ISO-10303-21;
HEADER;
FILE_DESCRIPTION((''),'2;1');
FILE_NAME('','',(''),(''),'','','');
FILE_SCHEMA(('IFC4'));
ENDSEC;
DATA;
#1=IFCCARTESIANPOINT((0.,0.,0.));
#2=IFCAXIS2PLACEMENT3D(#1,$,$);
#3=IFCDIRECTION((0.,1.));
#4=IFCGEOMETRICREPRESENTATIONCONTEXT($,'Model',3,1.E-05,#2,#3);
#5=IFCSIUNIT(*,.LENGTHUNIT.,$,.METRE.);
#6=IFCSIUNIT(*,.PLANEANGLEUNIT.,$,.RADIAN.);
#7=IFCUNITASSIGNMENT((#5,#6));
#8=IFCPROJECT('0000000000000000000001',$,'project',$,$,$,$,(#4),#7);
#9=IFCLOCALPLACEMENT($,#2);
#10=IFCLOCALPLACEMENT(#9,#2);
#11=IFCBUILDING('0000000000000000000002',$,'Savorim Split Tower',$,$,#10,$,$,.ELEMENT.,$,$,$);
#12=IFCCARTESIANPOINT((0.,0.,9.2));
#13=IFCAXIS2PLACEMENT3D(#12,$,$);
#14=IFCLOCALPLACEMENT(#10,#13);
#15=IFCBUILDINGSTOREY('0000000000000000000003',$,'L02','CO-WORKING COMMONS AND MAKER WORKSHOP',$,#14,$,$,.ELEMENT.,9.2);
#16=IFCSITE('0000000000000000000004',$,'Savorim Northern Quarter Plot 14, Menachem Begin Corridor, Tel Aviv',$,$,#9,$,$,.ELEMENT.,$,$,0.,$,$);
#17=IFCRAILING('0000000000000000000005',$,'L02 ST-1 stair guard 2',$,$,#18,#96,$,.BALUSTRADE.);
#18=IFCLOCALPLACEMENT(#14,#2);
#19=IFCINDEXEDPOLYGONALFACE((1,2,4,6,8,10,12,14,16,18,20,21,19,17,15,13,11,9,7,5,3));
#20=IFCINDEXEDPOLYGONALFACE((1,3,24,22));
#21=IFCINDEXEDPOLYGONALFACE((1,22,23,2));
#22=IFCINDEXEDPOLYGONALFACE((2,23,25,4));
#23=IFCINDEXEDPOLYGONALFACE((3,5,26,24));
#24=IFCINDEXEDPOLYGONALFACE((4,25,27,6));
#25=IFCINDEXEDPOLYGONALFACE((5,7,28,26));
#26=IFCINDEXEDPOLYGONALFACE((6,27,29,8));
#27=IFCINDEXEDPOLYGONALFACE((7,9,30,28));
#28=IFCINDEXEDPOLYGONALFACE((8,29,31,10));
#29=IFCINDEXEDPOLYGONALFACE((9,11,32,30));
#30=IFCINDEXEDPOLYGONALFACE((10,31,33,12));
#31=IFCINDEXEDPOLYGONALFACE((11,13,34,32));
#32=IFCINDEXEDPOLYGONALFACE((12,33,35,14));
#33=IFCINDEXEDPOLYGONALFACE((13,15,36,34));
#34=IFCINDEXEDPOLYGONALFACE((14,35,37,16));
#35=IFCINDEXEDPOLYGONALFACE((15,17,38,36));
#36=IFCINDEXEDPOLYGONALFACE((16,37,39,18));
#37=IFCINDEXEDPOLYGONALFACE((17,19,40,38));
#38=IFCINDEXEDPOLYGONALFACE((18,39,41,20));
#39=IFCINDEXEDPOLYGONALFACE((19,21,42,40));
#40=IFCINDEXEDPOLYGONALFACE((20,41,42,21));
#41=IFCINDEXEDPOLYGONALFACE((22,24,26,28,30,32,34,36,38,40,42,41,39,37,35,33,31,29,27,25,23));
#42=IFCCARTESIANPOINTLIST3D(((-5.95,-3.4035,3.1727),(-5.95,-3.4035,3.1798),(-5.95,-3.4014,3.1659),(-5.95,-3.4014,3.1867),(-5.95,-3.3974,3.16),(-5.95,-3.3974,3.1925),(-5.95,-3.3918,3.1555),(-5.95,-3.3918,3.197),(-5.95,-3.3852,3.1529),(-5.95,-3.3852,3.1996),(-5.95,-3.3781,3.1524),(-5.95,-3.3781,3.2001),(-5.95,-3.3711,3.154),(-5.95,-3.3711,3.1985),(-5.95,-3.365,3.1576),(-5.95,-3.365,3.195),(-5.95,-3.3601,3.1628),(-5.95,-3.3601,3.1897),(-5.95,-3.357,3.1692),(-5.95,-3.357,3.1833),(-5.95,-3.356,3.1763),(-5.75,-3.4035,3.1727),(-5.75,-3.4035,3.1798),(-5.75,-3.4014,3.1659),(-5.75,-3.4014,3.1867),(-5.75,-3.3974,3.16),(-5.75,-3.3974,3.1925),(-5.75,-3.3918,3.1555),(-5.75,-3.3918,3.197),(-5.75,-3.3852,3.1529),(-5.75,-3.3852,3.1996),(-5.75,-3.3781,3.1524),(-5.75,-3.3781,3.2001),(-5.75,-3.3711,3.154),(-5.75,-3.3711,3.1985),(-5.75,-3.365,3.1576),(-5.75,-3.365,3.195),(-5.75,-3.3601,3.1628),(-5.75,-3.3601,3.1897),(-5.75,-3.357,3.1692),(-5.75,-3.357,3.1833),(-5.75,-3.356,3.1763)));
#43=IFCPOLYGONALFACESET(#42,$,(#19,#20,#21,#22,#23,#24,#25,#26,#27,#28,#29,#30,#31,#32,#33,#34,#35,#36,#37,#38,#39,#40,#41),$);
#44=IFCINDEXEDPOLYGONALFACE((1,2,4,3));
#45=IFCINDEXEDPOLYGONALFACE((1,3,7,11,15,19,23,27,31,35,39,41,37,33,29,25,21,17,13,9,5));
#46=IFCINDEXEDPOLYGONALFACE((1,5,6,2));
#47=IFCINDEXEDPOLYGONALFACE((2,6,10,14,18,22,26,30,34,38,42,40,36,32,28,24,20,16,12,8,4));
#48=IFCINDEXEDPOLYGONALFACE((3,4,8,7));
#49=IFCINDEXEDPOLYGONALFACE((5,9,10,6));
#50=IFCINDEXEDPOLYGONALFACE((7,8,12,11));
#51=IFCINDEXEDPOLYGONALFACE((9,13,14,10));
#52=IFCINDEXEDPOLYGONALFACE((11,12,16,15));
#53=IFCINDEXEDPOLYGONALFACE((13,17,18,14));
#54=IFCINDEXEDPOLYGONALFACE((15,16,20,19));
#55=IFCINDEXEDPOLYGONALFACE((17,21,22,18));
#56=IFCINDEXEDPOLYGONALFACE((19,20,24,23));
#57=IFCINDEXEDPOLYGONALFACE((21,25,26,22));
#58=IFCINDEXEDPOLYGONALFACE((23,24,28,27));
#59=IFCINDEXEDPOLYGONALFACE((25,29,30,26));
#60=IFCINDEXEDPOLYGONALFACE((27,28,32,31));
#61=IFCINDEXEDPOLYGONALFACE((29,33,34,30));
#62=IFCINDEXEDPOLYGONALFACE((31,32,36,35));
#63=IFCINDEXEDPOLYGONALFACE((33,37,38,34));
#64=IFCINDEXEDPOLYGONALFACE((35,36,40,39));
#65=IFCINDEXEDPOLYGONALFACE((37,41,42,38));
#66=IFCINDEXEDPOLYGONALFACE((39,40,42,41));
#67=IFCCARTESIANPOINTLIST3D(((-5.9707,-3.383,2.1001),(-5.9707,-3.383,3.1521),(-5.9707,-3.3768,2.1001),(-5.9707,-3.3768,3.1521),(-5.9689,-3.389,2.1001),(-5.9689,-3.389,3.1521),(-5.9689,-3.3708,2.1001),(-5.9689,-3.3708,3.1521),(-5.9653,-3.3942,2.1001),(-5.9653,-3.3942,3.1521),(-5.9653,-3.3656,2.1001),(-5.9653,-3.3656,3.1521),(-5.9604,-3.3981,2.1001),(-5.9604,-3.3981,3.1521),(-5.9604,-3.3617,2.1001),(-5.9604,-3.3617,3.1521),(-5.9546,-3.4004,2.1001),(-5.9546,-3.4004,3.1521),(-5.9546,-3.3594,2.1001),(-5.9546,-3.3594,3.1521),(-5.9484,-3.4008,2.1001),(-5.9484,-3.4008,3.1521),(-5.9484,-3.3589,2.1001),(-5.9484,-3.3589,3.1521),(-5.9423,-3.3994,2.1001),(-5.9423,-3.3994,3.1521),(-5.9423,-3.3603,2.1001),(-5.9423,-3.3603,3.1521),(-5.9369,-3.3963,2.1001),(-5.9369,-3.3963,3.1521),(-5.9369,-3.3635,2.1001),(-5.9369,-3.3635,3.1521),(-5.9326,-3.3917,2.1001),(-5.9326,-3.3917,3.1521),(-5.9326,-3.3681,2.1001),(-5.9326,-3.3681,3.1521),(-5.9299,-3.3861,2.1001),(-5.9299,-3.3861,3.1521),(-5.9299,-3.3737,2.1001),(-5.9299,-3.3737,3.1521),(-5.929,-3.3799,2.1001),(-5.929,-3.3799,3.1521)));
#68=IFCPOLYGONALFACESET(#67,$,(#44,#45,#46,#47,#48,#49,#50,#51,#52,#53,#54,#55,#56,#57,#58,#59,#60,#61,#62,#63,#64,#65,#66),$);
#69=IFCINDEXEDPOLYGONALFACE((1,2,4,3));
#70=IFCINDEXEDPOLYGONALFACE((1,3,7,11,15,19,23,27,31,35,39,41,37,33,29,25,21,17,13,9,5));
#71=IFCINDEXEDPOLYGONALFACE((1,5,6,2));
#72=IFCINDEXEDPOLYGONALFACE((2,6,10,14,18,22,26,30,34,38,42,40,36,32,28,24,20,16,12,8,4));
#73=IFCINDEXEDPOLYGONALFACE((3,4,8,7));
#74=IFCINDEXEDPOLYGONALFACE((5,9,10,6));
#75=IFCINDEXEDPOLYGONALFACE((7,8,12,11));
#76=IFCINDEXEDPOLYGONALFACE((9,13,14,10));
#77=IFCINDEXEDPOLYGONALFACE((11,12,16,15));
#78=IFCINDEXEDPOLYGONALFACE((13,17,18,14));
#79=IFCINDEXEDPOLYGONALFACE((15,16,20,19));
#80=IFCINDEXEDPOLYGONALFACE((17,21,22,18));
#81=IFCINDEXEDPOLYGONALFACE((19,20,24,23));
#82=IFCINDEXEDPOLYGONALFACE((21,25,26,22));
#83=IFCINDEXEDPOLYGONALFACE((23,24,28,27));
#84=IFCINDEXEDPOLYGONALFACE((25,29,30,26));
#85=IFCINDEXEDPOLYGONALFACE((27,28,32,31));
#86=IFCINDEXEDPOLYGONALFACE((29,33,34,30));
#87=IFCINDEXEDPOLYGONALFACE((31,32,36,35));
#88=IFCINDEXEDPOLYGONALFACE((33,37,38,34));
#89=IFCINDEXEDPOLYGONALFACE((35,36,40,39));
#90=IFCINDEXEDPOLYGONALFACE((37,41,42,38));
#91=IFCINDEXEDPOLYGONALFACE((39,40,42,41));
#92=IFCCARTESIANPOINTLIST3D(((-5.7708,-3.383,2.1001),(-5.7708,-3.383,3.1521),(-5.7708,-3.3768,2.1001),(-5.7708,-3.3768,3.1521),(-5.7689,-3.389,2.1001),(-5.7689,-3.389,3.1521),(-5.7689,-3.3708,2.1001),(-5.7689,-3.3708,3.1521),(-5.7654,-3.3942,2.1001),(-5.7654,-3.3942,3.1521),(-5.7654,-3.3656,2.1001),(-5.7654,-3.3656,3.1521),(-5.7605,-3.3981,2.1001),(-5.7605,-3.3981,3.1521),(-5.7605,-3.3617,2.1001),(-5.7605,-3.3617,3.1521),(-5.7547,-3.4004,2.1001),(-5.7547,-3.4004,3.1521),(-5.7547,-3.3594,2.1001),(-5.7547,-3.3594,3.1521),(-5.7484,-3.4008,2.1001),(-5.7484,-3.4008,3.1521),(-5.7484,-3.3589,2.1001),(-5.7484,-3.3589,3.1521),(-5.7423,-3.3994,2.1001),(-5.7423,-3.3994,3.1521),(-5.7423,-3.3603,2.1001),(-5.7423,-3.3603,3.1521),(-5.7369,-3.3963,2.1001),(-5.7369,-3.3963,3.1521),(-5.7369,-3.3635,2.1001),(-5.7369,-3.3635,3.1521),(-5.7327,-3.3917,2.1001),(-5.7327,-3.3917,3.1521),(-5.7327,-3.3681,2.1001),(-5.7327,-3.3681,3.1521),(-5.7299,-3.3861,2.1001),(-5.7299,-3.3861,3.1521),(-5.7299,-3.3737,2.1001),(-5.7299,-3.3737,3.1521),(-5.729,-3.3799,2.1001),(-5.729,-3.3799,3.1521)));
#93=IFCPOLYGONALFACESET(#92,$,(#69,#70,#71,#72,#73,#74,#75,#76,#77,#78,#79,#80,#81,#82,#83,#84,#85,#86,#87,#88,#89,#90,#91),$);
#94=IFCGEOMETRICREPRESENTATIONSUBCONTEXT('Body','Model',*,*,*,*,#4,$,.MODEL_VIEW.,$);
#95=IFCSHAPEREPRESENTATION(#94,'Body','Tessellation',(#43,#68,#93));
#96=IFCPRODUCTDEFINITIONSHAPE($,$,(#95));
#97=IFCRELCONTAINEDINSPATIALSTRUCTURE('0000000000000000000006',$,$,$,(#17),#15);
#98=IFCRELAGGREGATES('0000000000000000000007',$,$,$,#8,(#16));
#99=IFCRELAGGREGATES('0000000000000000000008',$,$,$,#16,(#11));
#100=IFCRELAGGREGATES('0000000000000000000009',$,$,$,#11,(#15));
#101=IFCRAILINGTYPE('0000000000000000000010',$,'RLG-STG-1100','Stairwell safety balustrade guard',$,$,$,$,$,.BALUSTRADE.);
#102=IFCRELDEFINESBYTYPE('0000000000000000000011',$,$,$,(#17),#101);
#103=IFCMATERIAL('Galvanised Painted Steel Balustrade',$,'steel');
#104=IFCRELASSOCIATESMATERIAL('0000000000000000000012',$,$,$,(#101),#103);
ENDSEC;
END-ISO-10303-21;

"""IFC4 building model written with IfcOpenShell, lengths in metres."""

from ifc_helpers import new_model, si_unit, direction, frame, origin, origin_2d, place, context, subcontext, project, spatial, circle, extrude, material, type_object, element, save


model = new_model("IFC4")

# Units and contexts
model_context = context("Model", 3, precision=1e-05, world=origin(), true_north=direction((0.0, 1.0)))
body_context = subcontext(model_context, "Body", "Model", "MODEL_VIEW")
ifc_project = project(units=[si_unit("LENGTHUNIT", "METRE"), si_unit("PLANEANGLEUNIT", "RADIAN")], contexts=[model_context])

# Site, building, storey
site_placement = place(None, origin())
site = spatial("IfcSite", under=ifc_project, at=site_placement, Name="Savorim Northern Quarter Plot 14, Menachem Begin Corridor, Tel Aviv", CompositionType="ELEMENT", RefElevation=0.0)
building_placement = place(site_placement, origin())
building = spatial("IfcBuilding", under=site, at=building_placement, Name="Savorim Split Tower", CompositionType="ELEMENT")
storey_placement = place(building_placement, frame((0.0, 0.0, 9.2)))
storey = spatial("IfcBuildingStorey", under=building, at=storey_placement, Name="L02", Description="CO-WORKING COMMONS AND MAKER WORKSHOP", CompositionType="ELEMENT", Elevation=9.2)

# Railing
ifc_material_1 = material(Name="Galvanised Painted Steel Balustrade", Category="steel")
railing_type_1 = type_object("IfcRailingType", Name="RLG-STG-1100", Description="Stairwell safety balustrade guard", PredefinedType="BALUSTRADE", material=ifc_material_1)
railing_1_placement = place(storey_placement, frame((-5.95, -3.3799, 2.1001)))
element("IfcRailing", 1, at=railing_1_placement, inside=storey, type_object=railing_type_1, Name="L02 ST-1 stair guard 2", PredefinedType="BALUSTRADE", context=body_context, shape_type="SweptSolid", body=[
    extrude(circle(Radius=0.0239, at=origin_2d()), frame((0.0, 0.0, 1.0762), z_axis=(1.0, 0.0, 0.0), x_axis=(0.0, 1.0, 0.0)), (0.0, 0.0, 1.0), 0.2),
    extrude(circle(Radius=0.021, at=origin_2d()), origin(), (0.0, 0.0, 1.0), 1.052),
    extrude(circle(Radius=0.021, at=origin_2d()), frame((0.2, 0.0, 0.0)), (0.0, 0.0, 1.0), 1.052),
])

save(model, "model.ifc")
